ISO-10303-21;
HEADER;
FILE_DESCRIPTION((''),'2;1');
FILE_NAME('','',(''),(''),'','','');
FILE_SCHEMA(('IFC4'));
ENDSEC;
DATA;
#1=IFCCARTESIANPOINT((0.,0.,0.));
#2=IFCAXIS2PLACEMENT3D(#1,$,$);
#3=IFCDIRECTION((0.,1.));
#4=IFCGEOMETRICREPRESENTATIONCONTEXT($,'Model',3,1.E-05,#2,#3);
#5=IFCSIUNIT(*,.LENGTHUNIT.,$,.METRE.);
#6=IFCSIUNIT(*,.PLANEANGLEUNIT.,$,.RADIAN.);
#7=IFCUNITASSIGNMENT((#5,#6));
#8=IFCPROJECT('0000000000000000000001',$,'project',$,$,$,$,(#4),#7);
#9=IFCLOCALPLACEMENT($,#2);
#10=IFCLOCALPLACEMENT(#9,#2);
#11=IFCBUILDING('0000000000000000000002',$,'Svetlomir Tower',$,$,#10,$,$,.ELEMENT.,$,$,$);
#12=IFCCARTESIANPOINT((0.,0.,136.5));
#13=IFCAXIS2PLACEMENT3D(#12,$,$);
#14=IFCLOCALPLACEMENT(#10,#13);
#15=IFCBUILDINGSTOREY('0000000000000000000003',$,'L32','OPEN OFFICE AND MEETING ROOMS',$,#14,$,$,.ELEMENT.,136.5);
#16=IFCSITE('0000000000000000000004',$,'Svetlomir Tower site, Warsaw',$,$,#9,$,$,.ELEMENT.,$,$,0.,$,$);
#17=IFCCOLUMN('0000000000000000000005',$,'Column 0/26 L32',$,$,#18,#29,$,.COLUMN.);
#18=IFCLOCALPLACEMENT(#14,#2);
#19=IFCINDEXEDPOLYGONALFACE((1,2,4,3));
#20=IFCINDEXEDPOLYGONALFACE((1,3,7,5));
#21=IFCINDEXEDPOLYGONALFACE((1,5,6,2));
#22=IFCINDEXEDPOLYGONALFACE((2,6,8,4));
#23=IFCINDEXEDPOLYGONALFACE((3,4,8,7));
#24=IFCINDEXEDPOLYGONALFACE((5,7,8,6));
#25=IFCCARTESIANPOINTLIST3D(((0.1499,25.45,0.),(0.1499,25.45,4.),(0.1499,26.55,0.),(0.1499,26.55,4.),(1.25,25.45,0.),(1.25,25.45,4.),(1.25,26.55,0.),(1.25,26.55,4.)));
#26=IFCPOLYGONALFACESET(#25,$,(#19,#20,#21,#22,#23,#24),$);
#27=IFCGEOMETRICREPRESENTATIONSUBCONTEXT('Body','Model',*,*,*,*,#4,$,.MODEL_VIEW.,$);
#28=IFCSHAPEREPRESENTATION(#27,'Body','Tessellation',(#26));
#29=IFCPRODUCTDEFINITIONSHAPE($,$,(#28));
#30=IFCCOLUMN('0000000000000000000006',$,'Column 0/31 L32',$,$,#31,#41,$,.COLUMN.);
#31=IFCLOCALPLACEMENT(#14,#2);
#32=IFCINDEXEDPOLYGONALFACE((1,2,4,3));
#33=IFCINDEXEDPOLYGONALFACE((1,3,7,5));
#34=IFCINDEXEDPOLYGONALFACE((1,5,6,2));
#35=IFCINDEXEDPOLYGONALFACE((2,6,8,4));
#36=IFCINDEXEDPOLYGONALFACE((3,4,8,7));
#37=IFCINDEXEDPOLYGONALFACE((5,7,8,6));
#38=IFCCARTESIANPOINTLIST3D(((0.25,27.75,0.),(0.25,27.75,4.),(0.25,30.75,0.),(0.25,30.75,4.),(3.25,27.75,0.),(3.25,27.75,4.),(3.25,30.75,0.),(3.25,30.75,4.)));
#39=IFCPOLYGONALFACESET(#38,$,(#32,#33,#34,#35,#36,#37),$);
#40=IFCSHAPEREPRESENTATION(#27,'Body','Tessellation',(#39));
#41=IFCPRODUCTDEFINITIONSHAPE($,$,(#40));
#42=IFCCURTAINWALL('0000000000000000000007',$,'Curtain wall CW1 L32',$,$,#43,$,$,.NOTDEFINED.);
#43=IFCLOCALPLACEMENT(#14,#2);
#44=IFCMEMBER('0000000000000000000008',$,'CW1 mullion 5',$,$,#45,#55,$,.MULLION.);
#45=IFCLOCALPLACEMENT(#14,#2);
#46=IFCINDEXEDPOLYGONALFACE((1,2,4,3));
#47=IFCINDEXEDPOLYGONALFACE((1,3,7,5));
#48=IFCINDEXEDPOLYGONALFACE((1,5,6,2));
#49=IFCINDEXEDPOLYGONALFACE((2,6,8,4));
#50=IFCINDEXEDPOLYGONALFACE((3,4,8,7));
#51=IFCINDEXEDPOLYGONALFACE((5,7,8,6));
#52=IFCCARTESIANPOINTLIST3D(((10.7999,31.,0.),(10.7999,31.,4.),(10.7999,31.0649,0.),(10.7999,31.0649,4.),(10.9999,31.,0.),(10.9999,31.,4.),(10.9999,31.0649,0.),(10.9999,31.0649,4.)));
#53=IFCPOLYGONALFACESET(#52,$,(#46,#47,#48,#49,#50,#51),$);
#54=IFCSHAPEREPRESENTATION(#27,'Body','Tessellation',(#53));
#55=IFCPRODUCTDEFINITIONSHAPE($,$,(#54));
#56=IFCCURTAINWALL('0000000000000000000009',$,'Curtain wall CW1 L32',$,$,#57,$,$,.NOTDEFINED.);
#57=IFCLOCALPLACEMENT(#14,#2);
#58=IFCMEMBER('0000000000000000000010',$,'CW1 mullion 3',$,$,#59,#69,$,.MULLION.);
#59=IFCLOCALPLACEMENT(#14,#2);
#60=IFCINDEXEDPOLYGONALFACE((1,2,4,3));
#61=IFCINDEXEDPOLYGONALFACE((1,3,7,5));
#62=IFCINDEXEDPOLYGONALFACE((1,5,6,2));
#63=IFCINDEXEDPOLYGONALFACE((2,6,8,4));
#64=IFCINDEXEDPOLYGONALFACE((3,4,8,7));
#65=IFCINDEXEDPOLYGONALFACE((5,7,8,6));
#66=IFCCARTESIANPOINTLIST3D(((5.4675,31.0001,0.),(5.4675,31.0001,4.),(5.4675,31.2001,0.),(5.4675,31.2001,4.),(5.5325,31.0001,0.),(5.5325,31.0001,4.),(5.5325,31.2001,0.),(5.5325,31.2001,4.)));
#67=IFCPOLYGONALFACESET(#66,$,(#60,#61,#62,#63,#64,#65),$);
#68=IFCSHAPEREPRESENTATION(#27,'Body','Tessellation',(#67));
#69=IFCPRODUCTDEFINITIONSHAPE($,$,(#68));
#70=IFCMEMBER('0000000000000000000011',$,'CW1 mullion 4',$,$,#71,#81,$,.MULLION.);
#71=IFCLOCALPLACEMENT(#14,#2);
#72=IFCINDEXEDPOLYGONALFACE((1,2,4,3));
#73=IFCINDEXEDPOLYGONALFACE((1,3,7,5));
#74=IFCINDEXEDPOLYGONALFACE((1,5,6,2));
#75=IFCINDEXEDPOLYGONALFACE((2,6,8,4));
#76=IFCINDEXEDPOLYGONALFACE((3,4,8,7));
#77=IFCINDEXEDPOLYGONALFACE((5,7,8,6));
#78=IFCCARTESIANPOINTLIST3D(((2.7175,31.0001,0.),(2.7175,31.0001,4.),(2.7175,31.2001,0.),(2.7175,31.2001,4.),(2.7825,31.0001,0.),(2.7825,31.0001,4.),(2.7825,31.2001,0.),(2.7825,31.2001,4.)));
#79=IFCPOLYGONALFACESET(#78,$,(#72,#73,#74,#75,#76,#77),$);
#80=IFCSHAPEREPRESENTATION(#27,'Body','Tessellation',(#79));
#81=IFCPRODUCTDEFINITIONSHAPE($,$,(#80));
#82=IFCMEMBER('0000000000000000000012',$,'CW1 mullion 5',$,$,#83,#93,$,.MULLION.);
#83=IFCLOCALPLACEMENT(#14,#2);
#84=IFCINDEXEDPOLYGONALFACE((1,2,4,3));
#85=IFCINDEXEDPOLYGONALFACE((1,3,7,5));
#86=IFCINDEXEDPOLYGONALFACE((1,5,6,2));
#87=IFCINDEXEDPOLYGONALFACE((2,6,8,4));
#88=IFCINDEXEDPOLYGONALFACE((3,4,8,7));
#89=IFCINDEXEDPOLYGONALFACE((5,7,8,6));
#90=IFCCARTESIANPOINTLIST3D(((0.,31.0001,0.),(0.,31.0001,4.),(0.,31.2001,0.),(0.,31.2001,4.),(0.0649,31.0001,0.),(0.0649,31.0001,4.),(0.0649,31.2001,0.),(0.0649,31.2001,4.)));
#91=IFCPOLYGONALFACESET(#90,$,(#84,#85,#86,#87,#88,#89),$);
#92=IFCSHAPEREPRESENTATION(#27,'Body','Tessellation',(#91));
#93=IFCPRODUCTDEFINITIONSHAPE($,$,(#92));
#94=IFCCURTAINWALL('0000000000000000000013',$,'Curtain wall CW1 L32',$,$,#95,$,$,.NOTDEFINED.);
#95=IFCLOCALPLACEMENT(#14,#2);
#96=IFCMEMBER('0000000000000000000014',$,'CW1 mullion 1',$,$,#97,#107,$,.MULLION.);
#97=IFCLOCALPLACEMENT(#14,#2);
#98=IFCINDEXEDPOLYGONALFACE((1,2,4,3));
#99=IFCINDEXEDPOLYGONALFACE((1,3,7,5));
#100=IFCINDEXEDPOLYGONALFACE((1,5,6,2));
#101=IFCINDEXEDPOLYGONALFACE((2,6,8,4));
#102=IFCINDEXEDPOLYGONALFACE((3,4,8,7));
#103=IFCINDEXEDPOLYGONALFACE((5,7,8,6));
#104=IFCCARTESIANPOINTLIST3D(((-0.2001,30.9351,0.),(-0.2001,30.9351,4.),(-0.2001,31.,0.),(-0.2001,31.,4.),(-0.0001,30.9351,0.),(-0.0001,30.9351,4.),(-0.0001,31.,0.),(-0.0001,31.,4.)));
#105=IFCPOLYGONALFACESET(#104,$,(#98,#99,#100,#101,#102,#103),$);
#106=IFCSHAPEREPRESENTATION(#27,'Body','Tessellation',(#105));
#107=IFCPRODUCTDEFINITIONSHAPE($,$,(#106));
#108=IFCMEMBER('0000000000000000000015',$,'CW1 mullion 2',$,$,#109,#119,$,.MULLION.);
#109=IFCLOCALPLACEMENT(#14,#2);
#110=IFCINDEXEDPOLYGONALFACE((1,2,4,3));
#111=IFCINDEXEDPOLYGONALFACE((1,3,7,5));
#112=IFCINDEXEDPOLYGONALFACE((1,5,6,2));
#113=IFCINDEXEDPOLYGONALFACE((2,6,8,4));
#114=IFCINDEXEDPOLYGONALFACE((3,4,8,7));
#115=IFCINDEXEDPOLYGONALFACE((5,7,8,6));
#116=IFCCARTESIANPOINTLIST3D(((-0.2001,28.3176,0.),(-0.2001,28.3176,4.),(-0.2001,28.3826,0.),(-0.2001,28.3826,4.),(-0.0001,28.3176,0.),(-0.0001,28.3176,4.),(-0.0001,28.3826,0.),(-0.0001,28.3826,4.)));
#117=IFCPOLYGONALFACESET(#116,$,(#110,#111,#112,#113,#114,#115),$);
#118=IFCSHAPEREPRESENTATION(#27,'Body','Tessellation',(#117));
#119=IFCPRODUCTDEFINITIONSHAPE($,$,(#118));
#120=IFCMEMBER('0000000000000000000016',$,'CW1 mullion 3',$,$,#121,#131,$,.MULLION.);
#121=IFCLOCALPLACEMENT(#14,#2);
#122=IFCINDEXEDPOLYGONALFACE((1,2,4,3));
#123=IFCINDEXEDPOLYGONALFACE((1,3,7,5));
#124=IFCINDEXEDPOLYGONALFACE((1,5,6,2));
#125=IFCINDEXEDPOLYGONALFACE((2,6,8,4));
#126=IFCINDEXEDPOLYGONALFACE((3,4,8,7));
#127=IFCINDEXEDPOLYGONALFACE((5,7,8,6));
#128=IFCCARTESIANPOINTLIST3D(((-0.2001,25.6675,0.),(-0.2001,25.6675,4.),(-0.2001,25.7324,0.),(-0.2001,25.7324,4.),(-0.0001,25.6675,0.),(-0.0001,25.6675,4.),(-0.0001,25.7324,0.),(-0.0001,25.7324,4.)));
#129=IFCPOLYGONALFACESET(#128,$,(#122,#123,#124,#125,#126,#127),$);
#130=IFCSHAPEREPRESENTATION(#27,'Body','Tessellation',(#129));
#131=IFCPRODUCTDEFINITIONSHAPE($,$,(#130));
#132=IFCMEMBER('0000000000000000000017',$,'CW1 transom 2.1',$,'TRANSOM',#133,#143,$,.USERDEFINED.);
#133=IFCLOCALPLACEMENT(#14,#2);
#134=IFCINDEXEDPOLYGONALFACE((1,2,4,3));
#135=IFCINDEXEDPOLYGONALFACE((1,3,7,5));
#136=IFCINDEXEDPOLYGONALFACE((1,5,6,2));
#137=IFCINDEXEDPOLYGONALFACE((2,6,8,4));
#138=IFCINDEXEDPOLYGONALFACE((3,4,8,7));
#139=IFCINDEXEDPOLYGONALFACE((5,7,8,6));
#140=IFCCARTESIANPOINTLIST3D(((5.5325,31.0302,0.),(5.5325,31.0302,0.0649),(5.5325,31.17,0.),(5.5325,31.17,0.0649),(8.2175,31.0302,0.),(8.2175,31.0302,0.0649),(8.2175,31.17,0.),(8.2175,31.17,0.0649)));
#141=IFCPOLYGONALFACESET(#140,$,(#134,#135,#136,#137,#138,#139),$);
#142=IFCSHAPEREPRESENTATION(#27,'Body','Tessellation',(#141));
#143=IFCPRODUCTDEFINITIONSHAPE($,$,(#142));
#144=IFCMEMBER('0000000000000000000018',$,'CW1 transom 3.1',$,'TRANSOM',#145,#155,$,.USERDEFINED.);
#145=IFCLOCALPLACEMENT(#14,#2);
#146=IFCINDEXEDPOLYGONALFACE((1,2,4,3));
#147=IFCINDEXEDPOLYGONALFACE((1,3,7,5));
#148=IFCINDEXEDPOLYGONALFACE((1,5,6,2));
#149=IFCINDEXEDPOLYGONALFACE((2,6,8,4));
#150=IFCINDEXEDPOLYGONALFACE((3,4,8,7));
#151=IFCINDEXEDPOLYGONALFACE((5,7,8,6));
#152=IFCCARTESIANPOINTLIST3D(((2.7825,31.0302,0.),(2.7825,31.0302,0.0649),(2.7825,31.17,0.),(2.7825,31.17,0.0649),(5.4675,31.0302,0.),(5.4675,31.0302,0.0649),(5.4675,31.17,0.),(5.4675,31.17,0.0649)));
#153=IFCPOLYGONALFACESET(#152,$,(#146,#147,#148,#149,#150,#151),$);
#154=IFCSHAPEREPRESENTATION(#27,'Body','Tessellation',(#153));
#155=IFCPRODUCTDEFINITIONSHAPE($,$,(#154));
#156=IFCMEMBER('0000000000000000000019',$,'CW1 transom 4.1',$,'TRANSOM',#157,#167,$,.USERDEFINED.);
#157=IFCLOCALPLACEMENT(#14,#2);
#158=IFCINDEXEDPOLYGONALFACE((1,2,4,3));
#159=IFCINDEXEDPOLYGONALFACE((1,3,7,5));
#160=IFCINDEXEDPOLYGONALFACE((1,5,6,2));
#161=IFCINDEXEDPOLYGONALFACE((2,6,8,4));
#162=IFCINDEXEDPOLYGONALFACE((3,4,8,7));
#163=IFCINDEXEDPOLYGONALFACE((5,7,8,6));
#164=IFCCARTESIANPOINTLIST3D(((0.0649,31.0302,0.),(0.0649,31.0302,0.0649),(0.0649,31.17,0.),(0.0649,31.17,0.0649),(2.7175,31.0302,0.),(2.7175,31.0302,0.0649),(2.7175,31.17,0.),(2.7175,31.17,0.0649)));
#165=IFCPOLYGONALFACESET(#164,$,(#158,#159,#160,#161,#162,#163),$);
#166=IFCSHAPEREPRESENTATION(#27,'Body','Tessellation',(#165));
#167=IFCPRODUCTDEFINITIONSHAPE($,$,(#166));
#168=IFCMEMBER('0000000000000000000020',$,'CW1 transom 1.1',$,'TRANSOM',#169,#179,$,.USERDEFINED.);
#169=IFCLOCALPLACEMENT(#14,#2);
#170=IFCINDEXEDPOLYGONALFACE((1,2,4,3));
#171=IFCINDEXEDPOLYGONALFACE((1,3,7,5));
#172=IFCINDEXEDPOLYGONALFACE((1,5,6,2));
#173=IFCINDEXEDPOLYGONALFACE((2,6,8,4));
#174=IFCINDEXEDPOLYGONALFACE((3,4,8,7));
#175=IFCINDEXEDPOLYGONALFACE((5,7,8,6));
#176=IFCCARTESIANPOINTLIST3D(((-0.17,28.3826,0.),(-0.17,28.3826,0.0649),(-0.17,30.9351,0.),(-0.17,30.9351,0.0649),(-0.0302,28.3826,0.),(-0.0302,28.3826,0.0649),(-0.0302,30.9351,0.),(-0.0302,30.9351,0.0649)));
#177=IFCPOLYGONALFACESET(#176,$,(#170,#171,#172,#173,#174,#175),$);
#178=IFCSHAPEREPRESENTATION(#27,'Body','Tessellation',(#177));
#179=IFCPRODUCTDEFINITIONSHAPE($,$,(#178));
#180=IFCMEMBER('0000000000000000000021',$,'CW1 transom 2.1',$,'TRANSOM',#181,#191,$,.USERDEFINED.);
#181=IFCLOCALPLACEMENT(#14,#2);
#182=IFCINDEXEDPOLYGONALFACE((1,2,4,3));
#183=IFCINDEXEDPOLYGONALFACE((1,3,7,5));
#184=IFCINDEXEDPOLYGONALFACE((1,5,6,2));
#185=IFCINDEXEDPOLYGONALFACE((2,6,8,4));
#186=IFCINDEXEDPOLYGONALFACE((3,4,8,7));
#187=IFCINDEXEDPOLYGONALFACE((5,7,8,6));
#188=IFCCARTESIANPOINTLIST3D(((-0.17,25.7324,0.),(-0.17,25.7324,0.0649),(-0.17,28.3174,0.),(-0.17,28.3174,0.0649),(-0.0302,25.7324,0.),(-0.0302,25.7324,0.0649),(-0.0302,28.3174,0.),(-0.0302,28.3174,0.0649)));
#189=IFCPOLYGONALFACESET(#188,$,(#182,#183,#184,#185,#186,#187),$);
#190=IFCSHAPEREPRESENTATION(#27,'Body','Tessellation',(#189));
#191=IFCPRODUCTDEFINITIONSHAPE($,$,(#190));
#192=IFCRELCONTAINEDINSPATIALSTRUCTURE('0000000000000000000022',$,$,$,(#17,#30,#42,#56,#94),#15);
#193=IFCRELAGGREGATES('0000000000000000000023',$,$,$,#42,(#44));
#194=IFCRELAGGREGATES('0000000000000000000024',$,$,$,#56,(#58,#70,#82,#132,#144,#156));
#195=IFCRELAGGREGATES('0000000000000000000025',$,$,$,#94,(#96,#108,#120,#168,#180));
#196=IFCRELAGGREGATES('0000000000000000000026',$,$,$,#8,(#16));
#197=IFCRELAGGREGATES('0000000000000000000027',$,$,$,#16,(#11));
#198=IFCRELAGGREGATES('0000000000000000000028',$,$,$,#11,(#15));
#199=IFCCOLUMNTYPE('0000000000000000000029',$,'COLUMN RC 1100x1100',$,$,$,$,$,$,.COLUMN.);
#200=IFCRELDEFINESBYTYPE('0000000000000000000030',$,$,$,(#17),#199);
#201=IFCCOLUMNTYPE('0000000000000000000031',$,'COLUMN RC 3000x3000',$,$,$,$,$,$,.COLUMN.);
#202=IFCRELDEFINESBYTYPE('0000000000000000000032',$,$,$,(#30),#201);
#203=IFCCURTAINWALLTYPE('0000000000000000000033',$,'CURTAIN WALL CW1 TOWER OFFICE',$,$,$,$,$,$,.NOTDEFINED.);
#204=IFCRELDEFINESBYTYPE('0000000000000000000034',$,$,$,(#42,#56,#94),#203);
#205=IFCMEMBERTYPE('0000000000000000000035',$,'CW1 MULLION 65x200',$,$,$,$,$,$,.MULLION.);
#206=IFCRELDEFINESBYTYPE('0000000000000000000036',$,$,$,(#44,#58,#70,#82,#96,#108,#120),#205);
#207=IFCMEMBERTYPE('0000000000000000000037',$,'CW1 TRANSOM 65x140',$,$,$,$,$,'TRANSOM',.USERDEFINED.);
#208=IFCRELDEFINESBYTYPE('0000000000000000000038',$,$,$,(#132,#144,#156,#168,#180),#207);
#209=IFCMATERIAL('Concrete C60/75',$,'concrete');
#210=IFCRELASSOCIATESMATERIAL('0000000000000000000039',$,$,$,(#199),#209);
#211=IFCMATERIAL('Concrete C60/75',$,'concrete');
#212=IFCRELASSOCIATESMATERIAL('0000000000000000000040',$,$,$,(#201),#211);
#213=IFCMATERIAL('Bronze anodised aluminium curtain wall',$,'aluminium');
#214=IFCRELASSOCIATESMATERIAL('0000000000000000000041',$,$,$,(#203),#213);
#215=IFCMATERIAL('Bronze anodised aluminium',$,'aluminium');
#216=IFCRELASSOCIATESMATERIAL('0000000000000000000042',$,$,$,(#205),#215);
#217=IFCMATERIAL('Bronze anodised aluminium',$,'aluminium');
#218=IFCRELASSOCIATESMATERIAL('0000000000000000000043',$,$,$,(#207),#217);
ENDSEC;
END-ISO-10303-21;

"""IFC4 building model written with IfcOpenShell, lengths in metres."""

from ifc_helpers import new_model, si_unit, direction, frame, origin, origin_2d, place, context, subcontext, project, spatial, rectangle, extrude, material, material_profile, profile_set, type_object, element, aggregate, save


model = new_model("IFC4")

# Units and contexts
model_context = context("Model", 3, precision=1e-05, world=origin(), true_north=direction((0.0, 1.0)))
body_context = subcontext(model_context, "Body", "Model", "MODEL_VIEW")
ifc_project = project(units=[si_unit("LENGTHUNIT", "METRE"), si_unit("PLANEANGLEUNIT", "RADIAN")], contexts=[model_context])

# Site, building, storey
site_placement = place(None, origin())
site = spatial("IfcSite", under=ifc_project, at=site_placement, Name="Svetlomir Tower site, Warsaw", CompositionType="ELEMENT", RefElevation=0.0)
building_placement = place(site_placement, origin())
building = spatial("IfcBuilding", under=site, at=building_placement, Name="Svetlomir Tower", CompositionType="ELEMENT")
storey_placement = place(building_placement, frame((0.0, 0.0, 136.5)))
storey = spatial("IfcBuildingStorey", under=building, at=storey_placement, Name="L32", Description="OPEN OFFICE AND MEETING ROOMS", CompositionType="ELEMENT", Elevation=136.5)

# Columns
ifc_material_1 = material(Name="Concrete C60/75", Category="concrete")
ifc_material_profile_1 = material_profile(ifc_material_1, rectangle(XDim=1.1001, YDim=1.1001, at=origin_2d()), Name="RC 1100x1100")
ifc_profile_set_1 = profile_set([ifc_material_profile_1], Name="Concrete C60/75")
column_type_1 = type_object("IfcColumnType", Name="COLUMN RC 1100x1100", PredefinedType="COLUMN", material=ifc_profile_set_1)
column_1_placement = place(storey_placement, frame((0.7, 26.0, 0.0), z_axis=(0.0, 0.0, 1.0), x_axis=(1.0, 0.0, 0.0)))
element("IfcColumn", 1, at=column_1_placement, inside=storey, type_object=column_type_1, Name="Column 0/26 L32", PredefinedType="COLUMN", context=body_context, shape_type="SweptSolid", body=[
    extrude(rectangle(XDim=1.1001, YDim=1.1001, at=origin_2d()), origin(), (0.0, 0.0, 1.0), 4.0),
])
ifc_material_2 = material(Name="Concrete C60/75", Category="concrete")
ifc_material_profile_2 = material_profile(ifc_material_2, rectangle(XDim=3.0, YDim=3.0, at=origin_2d()), Name="RC 3000x3000")
ifc_profile_set_2 = profile_set([ifc_material_profile_2], Name="Concrete C60/75")
column_type_2 = type_object("IfcColumnType", Name="COLUMN RC 3000x3000", PredefinedType="COLUMN", material=ifc_profile_set_2)
column_2_placement = place(storey_placement, frame((1.75, 29.25, 0.0), z_axis=(0.0, 0.0, 1.0), x_axis=(1.0, 0.0, 0.0)))
element("IfcColumn", 2, at=column_2_placement, inside=storey, type_object=column_type_2, Name="Column 0/31 L32", PredefinedType="COLUMN", context=body_context, shape_type="SweptSolid", body=[
    extrude(rectangle(XDim=3.0, YDim=3.0, at=origin_2d()), origin(), (0.0, 0.0, 1.0), 4.0),
])

# Curtain wall, member
ifc_material_3 = material(Name="Bronze anodised aluminium curtain wall", Category="aluminium")
curtain_wall_type = type_object("IfcCurtainWallType", Name="CURTAIN WALL CW1 TOWER OFFICE", PredefinedType="NOTDEFINED", material=ifc_material_3)
curtain_wall_1_placement = place(storey_placement, origin())
curtain_wall_1 = element("IfcCurtainWall", 3, at=curtain_wall_1_placement, inside=storey, type_object=curtain_wall_type, Name="Curtain wall CW1 L32", PredefinedType="NOTDEFINED")
ifc_material_4 = material(Name="Bronze anodised aluminium", Category="aluminium")
ifc_material_profile_3 = material_profile(ifc_material_4, rectangle(XDim=0.0649, YDim=0.2, at=origin_2d()), Name="AL 65x200")
ifc_profile_set_3 = profile_set([ifc_material_profile_3], Name="Bronze anodised aluminium 6063-T6")
member_type_1 = type_object("IfcMemberType", Name="CW1 MULLION 65x200", PredefinedType="MULLION", material=ifc_profile_set_3)
member_1_placement = place(storey_placement, frame((10.8999, 31.0325, 0.0), z_axis=(0.0, 0.0, 1.0), x_axis=(0.0, -1.0, 0.0)))
member_1 = element("IfcMember", 4, at=member_1_placement, type_object=member_type_1, Name="CW1 mullion 5", PredefinedType="MULLION", context=body_context, shape_type="SweptSolid", body=[
    extrude(rectangle(XDim=0.0649, YDim=0.2, at=origin_2d()), origin(), (0.0, 0.0, 1.0), 4.0),
])
aggregate(curtain_wall_1, [member_1])

# Curtain walls, members
curtain_wall_2_placement = place(storey_placement, origin())
curtain_wall_2 = element("IfcCurtainWall", 5, at=curtain_wall_2_placement, inside=storey, type_object=curtain_wall_type, Name="Curtain wall CW1 L32", PredefinedType="NOTDEFINED")
member_2_placement = place(storey_placement, frame((5.5, 31.1001, 0.0), z_axis=(0.0, 0.0, 1.0), x_axis=(-1.0, 0.0, 0.0)))
member_2 = element("IfcMember", 6, at=member_2_placement, type_object=member_type_1, Name="CW1 mullion 3", PredefinedType="MULLION", context=body_context, shape_type="SweptSolid", body=[
    extrude(rectangle(XDim=0.0649, YDim=0.2, at=origin_2d()), origin(), (0.0, 0.0, 1.0), 4.0),
])
member_3_placement = place(storey_placement, frame((2.75, 31.1001, 0.0), z_axis=(0.0, 0.0, 1.0), x_axis=(-1.0, 0.0, 0.0)))
member_3 = element("IfcMember", 7, at=member_3_placement, type_object=member_type_1, Name="CW1 mullion 4", PredefinedType="MULLION", context=body_context, shape_type="SweptSolid", body=[
    extrude(rectangle(XDim=0.0649, YDim=0.2, at=origin_2d()), origin(), (0.0, 0.0, 1.0), 4.0),
])
member_4_placement = place(storey_placement, frame((0.0325, 31.1001, 0.0), z_axis=(0.0, 0.0, 1.0), x_axis=(-1.0, 0.0, 0.0)))
member_4 = element("IfcMember", 8, at=member_4_placement, type_object=member_type_1, Name="CW1 mullion 5", PredefinedType="MULLION", context=body_context, shape_type="SweptSolid", body=[
    extrude(rectangle(XDim=0.0649, YDim=0.2, at=origin_2d()), origin(), (0.0, 0.0, 1.0), 4.0),
])
curtain_wall_3_placement = place(storey_placement, origin())
curtain_wall_3 = element("IfcCurtainWall", 9, at=curtain_wall_3_placement, inside=storey, type_object=curtain_wall_type, Name="Curtain wall CW1 L32", PredefinedType="NOTDEFINED")
member_5_placement = place(storey_placement, frame((-0.1001, 30.9675, 0.0), z_axis=(0.0, 0.0, 1.0), x_axis=(0.0, -1.0, 0.0)))
member_5 = element("IfcMember", 10, at=member_5_placement, type_object=member_type_1, Name="CW1 mullion 1", PredefinedType="MULLION", context=body_context, shape_type="SweptSolid", body=[
    extrude(rectangle(XDim=0.0649, YDim=0.2, at=origin_2d()), origin(), (0.0, 0.0, 1.0), 4.0),
])
member_6_placement = place(storey_placement, frame((-0.1001, 28.3501, 0.0), z_axis=(0.0, 0.0, 1.0), x_axis=(0.0, -1.0, 0.0)))
member_6 = element("IfcMember", 11, at=member_6_placement, type_object=member_type_1, Name="CW1 mullion 2", PredefinedType="MULLION", context=body_context, shape_type="SweptSolid", body=[
    extrude(rectangle(XDim=0.0649, YDim=0.2, at=origin_2d()), origin(), (0.0, 0.0, 1.0), 4.0),
])
member_7_placement = place(storey_placement, frame((-0.1001, 25.7, 0.0), z_axis=(0.0, 0.0, 1.0), x_axis=(0.0, -1.0, 0.0)))
member_7 = element("IfcMember", 12, at=member_7_placement, type_object=member_type_1, Name="CW1 mullion 3", PredefinedType="MULLION", context=body_context, shape_type="SweptSolid", body=[
    extrude(rectangle(XDim=0.0649, YDim=0.2, at=origin_2d()), origin(), (0.0, 0.0, 1.0), 4.0),
])

# Members
ifc_material_5 = material(Name="Bronze anodised aluminium", Category="aluminium")
ifc_material_profile_4 = material_profile(ifc_material_5, rectangle(XDim=0.1399, YDim=0.0649, at=origin_2d()), Name="AL 140x65")
ifc_profile_set_4 = profile_set([ifc_material_profile_4], Name="Bronze anodised aluminium 6063-T6")
member_type_2 = type_object("IfcMemberType", Name="CW1 TRANSOM 65x140", ElementType="TRANSOM", PredefinedType="USERDEFINED", material=ifc_profile_set_4)
member_8_placement = place(storey_placement, frame((8.2175, 31.1001, 0.0325), z_axis=(-1.0, 0.0, 0.0), x_axis=(0.0, -1.0, 0.0)))
member_8 = element("IfcMember", 13, at=member_8_placement, type_object=member_type_2, Name="CW1 transom 2.1", ObjectType="TRANSOM", PredefinedType="USERDEFINED", context=body_context, shape_type="SweptSolid", body=[
    extrude(rectangle(XDim=0.1399, YDim=0.0649, at=origin_2d()), origin(), (0.0, 0.0, 1.0), 2.6851),
])
member_9_placement = place(storey_placement, frame((5.4675, 31.1001, 0.0325), z_axis=(-1.0, 0.0, 0.0), x_axis=(0.0, -1.0, 0.0)))
member_9 = element("IfcMember", 14, at=member_9_placement, type_object=member_type_2, Name="CW1 transom 3.1", ObjectType="TRANSOM", PredefinedType="USERDEFINED", context=body_context, shape_type="SweptSolid", body=[
    extrude(rectangle(XDim=0.1399, YDim=0.0649, at=origin_2d()), origin(), (0.0, 0.0, 1.0), 2.6851),
])
member_10_placement = place(storey_placement, frame((2.7175, 31.1001, 0.0325), z_axis=(-1.0, 0.0, 0.0), x_axis=(0.0, -1.0, 0.0)))
member_10 = element("IfcMember", 15, at=member_10_placement, type_object=member_type_2, Name="CW1 transom 4.1", ObjectType="TRANSOM", PredefinedType="USERDEFINED", context=body_context, shape_type="SweptSolid", body=[
    extrude(rectangle(XDim=0.1399, YDim=0.0649, at=origin_2d()), origin(), (0.0, 0.0, 1.0), 2.6526),
])
member_11_placement = place(storey_placement, frame((-0.1001, 30.9351, 0.0325), z_axis=(0.0, -1.0, 0.0), x_axis=(1.0, 0.0, 0.0)))
member_11 = element("IfcMember", 16, at=member_11_placement, type_object=member_type_2, Name="CW1 transom 1.1", ObjectType="TRANSOM", PredefinedType="USERDEFINED", context=body_context, shape_type="SweptSolid", body=[
    extrude(rectangle(XDim=0.1399, YDim=0.0649, at=origin_2d()), origin(), (0.0, 0.0, 1.0), 2.5525),
])
member_12_placement = place(storey_placement, frame((-0.1001, 28.3174, 0.0325), z_axis=(0.0, -1.0, 0.0), x_axis=(1.0, 0.0, 0.0)))
member_12 = element("IfcMember", 17, at=member_12_placement, type_object=member_type_2, Name="CW1 transom 2.1", ObjectType="TRANSOM", PredefinedType="USERDEFINED", context=body_context, shape_type="SweptSolid", body=[
    extrude(rectangle(XDim=0.1399, YDim=0.0649, at=origin_2d()), origin(), (0.0, 0.0, 1.0), 2.585),
])

aggregate(curtain_wall_2, [member_2, member_3, member_4, member_8, member_9, member_10])
aggregate(curtain_wall_3, [member_5, member_6, member_7, member_11, member_12])

save(model, "model.ifc")
